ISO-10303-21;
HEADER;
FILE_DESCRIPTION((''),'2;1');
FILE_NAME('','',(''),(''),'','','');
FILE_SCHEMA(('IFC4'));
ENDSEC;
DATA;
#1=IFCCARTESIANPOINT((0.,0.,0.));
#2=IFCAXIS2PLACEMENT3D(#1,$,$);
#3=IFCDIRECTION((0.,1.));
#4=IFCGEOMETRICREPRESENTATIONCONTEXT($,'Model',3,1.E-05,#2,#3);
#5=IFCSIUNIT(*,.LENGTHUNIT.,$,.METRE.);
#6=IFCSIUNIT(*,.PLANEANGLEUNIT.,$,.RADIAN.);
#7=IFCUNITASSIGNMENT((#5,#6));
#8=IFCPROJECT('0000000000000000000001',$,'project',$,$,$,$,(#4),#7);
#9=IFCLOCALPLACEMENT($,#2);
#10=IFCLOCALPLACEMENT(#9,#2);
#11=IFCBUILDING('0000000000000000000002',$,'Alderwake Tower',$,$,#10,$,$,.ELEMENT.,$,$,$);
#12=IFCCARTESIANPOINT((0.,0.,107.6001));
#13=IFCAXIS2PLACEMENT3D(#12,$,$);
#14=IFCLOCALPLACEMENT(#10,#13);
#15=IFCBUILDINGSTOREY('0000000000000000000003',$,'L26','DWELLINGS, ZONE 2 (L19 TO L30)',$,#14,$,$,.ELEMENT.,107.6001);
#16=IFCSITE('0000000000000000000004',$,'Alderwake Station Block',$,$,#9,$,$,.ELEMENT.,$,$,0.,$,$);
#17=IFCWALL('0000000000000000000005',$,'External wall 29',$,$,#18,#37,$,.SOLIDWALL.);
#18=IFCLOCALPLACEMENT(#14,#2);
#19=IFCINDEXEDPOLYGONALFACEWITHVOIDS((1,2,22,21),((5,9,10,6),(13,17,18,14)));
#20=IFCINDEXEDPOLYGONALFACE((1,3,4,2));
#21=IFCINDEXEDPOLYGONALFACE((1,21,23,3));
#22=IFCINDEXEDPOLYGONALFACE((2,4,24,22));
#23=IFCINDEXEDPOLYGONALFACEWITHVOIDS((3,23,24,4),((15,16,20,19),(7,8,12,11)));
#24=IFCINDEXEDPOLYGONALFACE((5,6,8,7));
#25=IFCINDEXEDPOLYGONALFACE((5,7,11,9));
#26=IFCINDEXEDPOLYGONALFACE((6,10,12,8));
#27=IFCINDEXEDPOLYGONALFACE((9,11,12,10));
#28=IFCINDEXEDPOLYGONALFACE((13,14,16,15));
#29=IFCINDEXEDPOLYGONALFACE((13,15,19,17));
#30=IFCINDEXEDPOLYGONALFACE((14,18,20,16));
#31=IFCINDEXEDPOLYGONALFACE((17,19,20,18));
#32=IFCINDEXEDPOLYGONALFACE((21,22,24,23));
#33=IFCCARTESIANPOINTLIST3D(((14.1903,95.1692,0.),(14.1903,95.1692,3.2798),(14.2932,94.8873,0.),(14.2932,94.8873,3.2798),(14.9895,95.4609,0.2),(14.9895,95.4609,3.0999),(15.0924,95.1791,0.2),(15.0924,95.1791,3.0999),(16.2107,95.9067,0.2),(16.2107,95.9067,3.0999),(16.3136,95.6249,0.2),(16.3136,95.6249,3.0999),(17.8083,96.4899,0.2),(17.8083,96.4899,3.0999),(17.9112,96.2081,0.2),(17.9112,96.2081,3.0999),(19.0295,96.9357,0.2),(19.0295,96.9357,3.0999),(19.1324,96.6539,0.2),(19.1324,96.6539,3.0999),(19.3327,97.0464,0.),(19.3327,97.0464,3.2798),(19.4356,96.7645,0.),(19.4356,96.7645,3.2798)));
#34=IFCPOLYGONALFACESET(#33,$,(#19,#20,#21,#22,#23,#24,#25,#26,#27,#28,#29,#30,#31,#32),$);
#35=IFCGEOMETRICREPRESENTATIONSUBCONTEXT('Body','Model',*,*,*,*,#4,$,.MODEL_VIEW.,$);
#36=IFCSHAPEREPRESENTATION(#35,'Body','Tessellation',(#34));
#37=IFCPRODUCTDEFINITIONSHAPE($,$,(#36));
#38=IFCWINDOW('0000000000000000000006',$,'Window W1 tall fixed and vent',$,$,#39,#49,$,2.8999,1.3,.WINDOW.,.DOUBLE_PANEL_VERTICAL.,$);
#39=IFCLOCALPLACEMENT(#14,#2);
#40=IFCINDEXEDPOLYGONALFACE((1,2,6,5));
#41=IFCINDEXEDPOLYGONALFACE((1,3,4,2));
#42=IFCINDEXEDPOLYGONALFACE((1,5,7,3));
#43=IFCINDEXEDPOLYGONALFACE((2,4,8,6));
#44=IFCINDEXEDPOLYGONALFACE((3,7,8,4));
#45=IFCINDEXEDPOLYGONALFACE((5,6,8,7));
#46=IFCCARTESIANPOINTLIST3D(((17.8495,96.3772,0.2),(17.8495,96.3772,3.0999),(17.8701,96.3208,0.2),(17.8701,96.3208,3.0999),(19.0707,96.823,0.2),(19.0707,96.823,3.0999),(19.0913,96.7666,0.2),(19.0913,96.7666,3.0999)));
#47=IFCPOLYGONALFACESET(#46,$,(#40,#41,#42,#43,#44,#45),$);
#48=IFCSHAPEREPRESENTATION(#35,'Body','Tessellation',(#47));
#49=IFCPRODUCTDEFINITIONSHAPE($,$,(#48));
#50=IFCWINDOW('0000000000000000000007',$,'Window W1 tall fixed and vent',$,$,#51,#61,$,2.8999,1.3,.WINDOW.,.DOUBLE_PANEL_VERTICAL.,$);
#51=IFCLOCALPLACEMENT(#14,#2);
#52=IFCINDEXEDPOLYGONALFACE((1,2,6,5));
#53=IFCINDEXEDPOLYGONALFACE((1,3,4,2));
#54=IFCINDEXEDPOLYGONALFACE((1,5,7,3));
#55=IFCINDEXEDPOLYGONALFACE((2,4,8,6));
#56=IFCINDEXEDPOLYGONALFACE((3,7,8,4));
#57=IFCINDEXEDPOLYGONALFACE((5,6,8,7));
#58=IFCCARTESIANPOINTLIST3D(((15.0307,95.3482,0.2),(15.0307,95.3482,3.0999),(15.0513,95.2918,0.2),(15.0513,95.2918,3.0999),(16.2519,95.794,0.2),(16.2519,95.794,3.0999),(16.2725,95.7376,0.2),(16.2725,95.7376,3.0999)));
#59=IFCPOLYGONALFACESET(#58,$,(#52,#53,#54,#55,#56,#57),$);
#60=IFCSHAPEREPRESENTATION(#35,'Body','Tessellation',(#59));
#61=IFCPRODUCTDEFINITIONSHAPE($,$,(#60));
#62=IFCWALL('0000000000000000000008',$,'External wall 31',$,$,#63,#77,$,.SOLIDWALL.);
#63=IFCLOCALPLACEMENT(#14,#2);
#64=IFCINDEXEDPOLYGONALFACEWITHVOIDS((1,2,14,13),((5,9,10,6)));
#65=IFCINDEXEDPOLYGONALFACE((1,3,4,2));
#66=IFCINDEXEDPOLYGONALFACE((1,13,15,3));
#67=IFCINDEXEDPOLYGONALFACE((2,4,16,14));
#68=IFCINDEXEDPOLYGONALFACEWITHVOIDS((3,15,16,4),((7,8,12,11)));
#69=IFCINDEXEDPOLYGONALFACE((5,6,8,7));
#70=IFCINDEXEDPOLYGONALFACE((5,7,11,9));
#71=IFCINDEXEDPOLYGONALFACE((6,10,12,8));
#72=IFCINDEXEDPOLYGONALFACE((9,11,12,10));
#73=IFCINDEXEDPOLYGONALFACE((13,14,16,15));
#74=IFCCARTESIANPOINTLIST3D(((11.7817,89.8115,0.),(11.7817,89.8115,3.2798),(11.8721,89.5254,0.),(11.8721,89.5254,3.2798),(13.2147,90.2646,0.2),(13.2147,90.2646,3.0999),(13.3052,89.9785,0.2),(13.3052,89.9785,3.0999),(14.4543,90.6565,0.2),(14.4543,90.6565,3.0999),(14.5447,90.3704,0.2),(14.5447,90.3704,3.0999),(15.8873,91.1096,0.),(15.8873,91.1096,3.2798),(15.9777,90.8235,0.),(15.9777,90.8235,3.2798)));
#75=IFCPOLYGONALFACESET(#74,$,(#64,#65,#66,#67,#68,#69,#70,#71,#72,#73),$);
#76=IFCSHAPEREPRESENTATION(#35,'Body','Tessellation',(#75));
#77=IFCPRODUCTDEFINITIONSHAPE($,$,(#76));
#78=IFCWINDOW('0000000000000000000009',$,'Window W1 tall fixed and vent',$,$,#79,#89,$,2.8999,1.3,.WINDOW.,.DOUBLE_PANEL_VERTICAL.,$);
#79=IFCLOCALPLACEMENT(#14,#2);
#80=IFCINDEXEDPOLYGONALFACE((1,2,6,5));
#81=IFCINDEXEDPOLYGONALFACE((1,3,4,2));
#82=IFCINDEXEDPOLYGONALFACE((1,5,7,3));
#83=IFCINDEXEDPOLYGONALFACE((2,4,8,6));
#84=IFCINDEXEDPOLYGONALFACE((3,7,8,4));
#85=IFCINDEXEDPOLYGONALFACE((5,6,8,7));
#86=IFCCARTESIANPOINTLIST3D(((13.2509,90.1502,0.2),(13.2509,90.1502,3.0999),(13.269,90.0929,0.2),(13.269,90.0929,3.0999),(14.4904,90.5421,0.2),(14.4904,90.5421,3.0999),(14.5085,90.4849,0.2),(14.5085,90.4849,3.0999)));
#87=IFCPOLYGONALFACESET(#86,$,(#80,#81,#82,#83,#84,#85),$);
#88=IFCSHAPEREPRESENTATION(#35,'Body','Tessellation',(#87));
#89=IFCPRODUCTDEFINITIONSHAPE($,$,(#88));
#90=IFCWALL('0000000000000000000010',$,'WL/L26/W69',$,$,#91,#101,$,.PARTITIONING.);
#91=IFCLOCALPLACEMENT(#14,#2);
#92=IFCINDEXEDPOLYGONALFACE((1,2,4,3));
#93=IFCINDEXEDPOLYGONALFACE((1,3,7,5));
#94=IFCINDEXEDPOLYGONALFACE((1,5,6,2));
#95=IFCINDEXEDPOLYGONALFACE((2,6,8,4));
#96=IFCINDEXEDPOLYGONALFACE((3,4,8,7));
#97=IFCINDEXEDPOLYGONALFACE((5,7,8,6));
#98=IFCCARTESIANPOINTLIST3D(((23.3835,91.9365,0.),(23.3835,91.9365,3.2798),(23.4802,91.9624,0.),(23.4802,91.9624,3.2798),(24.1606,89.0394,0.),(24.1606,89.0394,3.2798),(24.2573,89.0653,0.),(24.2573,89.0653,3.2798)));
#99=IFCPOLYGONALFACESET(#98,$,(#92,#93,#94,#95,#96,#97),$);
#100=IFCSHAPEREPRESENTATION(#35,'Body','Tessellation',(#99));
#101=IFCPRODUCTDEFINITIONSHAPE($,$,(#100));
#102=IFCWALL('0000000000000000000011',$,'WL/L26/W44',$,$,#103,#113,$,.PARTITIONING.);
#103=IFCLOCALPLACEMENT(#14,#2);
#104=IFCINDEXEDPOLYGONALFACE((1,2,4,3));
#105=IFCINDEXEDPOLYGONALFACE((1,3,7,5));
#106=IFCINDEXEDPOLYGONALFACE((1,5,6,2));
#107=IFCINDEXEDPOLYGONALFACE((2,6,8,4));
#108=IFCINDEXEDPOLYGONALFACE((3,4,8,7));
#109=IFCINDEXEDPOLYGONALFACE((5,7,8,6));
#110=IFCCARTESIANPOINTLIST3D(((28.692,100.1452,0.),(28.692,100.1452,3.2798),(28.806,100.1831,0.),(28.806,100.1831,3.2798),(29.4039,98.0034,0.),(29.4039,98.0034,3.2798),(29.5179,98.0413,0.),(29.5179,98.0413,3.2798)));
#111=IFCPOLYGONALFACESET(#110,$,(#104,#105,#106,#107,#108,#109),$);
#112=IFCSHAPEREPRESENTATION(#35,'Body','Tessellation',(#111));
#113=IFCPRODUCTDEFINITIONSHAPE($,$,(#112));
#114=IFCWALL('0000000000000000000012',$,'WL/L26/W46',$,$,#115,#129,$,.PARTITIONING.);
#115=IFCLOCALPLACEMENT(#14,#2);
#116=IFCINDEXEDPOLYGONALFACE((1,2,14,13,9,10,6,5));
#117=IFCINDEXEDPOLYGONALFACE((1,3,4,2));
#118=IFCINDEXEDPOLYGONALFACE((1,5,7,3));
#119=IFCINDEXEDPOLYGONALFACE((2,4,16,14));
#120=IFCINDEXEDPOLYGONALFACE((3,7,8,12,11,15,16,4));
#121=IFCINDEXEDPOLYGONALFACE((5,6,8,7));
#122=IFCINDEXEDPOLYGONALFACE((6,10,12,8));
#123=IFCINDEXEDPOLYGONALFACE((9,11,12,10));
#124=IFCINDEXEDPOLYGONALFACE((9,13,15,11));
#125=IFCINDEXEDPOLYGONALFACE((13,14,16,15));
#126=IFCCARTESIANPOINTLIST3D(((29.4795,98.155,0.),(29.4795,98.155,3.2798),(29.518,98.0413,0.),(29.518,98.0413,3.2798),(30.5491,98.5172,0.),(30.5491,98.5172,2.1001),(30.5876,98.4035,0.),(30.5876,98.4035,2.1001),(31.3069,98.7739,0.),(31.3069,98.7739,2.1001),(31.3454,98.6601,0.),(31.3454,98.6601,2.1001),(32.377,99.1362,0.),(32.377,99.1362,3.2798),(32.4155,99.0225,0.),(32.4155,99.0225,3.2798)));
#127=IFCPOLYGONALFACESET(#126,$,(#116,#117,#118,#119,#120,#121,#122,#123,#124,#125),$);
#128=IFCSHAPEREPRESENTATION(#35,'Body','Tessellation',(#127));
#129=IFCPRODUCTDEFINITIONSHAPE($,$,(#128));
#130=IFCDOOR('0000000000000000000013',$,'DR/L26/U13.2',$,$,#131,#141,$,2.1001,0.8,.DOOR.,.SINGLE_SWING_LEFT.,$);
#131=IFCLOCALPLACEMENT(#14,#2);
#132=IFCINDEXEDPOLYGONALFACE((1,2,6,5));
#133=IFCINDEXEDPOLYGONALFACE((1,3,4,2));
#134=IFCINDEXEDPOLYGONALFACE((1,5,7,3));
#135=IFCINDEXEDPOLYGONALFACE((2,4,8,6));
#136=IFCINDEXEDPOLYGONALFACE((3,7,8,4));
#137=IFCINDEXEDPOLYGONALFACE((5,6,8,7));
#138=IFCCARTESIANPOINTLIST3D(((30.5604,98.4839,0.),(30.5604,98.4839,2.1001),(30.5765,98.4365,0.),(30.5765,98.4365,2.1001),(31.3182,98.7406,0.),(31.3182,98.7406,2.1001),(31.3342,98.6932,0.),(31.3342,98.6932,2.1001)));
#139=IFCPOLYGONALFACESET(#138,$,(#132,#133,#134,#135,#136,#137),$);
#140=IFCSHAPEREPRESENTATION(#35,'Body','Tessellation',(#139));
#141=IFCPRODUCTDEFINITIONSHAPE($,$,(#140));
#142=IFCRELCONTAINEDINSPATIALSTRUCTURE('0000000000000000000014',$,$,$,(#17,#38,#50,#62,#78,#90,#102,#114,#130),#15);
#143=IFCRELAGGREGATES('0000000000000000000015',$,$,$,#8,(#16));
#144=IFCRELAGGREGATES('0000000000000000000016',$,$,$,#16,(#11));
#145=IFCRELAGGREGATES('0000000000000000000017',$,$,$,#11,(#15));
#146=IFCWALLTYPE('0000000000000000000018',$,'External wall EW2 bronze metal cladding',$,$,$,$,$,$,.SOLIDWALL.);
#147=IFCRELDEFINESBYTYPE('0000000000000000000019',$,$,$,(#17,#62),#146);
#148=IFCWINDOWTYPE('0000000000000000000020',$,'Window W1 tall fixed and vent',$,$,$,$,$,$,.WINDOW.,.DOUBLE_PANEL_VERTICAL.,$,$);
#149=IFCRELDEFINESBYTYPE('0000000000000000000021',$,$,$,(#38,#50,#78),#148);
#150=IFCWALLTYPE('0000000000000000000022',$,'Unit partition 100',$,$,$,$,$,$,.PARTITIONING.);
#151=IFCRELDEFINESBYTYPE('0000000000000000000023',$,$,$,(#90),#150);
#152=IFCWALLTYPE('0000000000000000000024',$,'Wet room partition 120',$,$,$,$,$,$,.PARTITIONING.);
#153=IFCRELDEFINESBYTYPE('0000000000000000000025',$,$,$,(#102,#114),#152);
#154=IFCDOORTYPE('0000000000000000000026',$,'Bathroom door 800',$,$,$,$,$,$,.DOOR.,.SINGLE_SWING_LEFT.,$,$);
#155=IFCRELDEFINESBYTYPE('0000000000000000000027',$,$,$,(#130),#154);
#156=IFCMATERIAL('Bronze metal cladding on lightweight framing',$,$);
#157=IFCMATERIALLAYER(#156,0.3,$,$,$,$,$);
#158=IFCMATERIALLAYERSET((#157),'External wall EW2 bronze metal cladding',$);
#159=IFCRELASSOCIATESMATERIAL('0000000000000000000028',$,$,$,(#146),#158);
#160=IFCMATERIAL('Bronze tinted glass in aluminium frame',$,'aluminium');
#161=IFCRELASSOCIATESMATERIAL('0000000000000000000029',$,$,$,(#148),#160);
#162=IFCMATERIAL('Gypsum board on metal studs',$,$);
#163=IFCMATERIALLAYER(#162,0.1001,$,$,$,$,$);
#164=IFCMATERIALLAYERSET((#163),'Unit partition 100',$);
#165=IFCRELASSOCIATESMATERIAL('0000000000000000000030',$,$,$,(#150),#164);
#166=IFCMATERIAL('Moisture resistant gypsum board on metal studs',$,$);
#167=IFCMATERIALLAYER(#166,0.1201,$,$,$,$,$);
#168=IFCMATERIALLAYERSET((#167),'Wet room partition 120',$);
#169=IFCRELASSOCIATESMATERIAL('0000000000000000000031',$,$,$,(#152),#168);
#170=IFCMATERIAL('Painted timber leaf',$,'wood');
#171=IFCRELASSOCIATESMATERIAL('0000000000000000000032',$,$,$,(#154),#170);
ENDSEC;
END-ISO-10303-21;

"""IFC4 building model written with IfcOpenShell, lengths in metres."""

from ifc_helpers import new_model, si_unit, direction, frame, frame_2d, origin, place, context, subcontext, project, spatial, rectangle, extrude, material, layer, layer_set, type_object, element, fill, save


model = new_model("IFC4")

# Units and contexts
model_context = context("Model", 3, precision=1e-05, world=origin(), true_north=direction((0.0, 1.0)))
body_context = subcontext(model_context, "Body", "Model", "MODEL_VIEW")
ifc_project = project(units=[si_unit("LENGTHUNIT", "METRE"), si_unit("PLANEANGLEUNIT", "RADIAN")], contexts=[model_context])

# Site, building, storey
site_placement = place(None, origin())
site = spatial("IfcSite", under=ifc_project, at=site_placement, Name="Alderwake Station Block", CompositionType="ELEMENT", RefElevation=0.0)
building_placement = place(site_placement, origin())
building = spatial("IfcBuilding", under=site, at=building_placement, Name="Alderwake Tower", CompositionType="ELEMENT")
storey_placement = place(building_placement, frame((0.0, 0.0, 107.6001)))
storey = spatial("IfcBuildingStorey", under=building, at=storey_placement, Name="L26", Description="DWELLINGS, ZONE 2 (L19 TO L30)", CompositionType="ELEMENT", Elevation=107.6001)

# Wall, openings, windows
ifc_material_1 = material(Name="Bronze metal cladding on lightweight framing")
ifc_layer_1 = layer(ifc_material_1, 0.3)
ifc_layer_set_1 = layer_set([ifc_layer_1], Name="External wall EW2 bronze metal cladding")
wall_type_1 = type_object("IfcWallType", Name="External wall EW2 bronze metal cladding", PredefinedType="SOLIDWALL", material=ifc_layer_set_1)
ifc_material_2 = material(Name="Bronze tinted glass in aluminium frame", Category="aluminium")
window_type = type_object("IfcWindowType", Name="Window W1 tall fixed and vent", PartitioningType="DOUBLE_PANEL_VERTICAL", PredefinedType="WINDOW", material=ifc_material_2)
wall_1_placement = place(storey_placement, frame((19.3843, 96.9055, 0.0), z_axis=(0.0, 0.0, 1.0), x_axis=(-0.939367, -0.342914, 0.0)))
wall_1 = element("IfcWall", 1, at=wall_1_placement, inside=storey, type_object=wall_type_1, Name="External wall 29", PredefinedType="SOLIDWALL", context=body_context, shape_type="SweptSolid", body=[
    extrude(rectangle(XDim=5.4744, YDim=0.3, at=frame_2d((2.7373, 0.0))), origin(), (0.0, 0.0, 1.0), 3.2798),
])
opening_1_placement = place(wall_1_placement, frame((0.323, 0.0, 0.2)))
opening_1 = element("IfcOpeningElement", 2, at=opening_1_placement, cuts=wall_1, PredefinedType="OPENING", context=body_context, shape_type="SweptSolid", body=[
    extrude(rectangle(XDim=1.3, YDim=2.8999, at=frame_2d((0.6499, 1.45))), frame((0.0, 0.1599, 0.0), z_axis=(0.0, -1.0, 0.0), x_axis=(1.0, 0.0, 0.0)), (0.0, 0.0, 1.0), 0.3201),
])
opening_2_placement = place(wall_1_placement, frame((3.3237, 0.0, 0.2)))
opening_2 = element("IfcOpeningElement", 3, at=opening_2_placement, cuts=wall_1, PredefinedType="OPENING", context=body_context, shape_type="SweptSolid", body=[
    extrude(rectangle(XDim=1.3, YDim=2.8999, at=frame_2d((0.6499, 1.45))), frame((0.0, 0.1599, 0.0), z_axis=(0.0, -1.0, 0.0), x_axis=(1.0, 0.0, 0.0)), (0.0, 0.0, 1.0), 0.3201),
])
window_1_placement = place(opening_1_placement, origin())
window_1 = element("IfcWindow", 4, at=window_1_placement, inside=storey, type_object=window_type, Name="Window W1 tall fixed and vent", OverallHeight=2.8999, OverallWidth=1.3, PartitioningType="DOUBLE_PANEL_VERTICAL", PredefinedType="WINDOW", context=body_context, shape_type="SweptSolid", body=[
    extrude(rectangle(XDim=1.3, YDim=2.8999, at=frame_2d((0.6499, 1.45))), frame((0.0, 0.03, 0.0), z_axis=(0.0, -1.0, 0.0), x_axis=(1.0, 0.0, 0.0)), (0.0, 0.0, 1.0), 0.0601),
])
fill(opening_1, window_1)
window_2_placement = place(opening_2_placement, origin())
window_2 = element("IfcWindow", 5, at=window_2_placement, inside=storey, type_object=window_type, Name="Window W1 tall fixed and vent", OverallHeight=2.8999, OverallWidth=1.3, PartitioningType="DOUBLE_PANEL_VERTICAL", PredefinedType="WINDOW", context=body_context, shape_type="SweptSolid", body=[
    extrude(rectangle(XDim=1.3, YDim=2.8999, at=frame_2d((0.6499, 1.45))), frame((0.0, 0.03, 0.0), z_axis=(0.0, -1.0, 0.0), x_axis=(1.0, 0.0, 0.0)), (0.0, 0.0, 1.0), 0.0601),
])
fill(opening_2, window_2)

# Wall, opening, window
wall_2_placement = place(storey_placement, frame((15.9324, 90.9666, 0.0), z_axis=(0.0, 0.0, 1.0), x_axis=(-0.953474, -0.301476, 0.0)))
wall_2 = element("IfcWall", 6, at=wall_2_placement, inside=storey, type_object=wall_type_1, Name="External wall 31", PredefinedType="SOLIDWALL", context=body_context, shape_type="SweptSolid", body=[
    extrude(rectangle(XDim=4.3059, YDim=0.3, at=frame_2d((2.1528, 0.0))), origin(), (0.0, 0.0, 1.0), 3.2798),
])
opening_3_placement = place(wall_2_placement, frame((1.5029, 0.0, 0.2)))
opening_3 = element("IfcOpeningElement", 7, at=opening_3_placement, cuts=wall_2, PredefinedType="OPENING", context=body_context, shape_type="SweptSolid", body=[
    extrude(rectangle(XDim=1.3, YDim=2.8999, at=frame_2d((0.6499, 1.45))), frame((0.0, 0.1599, 0.0), z_axis=(0.0, -1.0, 0.0), x_axis=(1.0, 0.0, 0.0)), (0.0, 0.0, 1.0), 0.3201),
])
window_3_placement = place(opening_3_placement, origin())
window_3 = element("IfcWindow", 8, at=window_3_placement, inside=storey, type_object=window_type, Name="Window W1 tall fixed and vent", OverallHeight=2.8999, OverallWidth=1.3, PartitioningType="DOUBLE_PANEL_VERTICAL", PredefinedType="WINDOW", context=body_context, shape_type="SweptSolid", body=[
    extrude(rectangle(XDim=1.3, YDim=2.8999, at=frame_2d((0.6499, 1.45))), frame((0.0, 0.03, 0.0), z_axis=(0.0, -1.0, 0.0), x_axis=(1.0, 0.0, 0.0)), (0.0, 0.0, 1.0), 0.0601),
])
fill(opening_3, window_3)

# Walls
ifc_material_3 = material(Name="Gypsum board on metal studs")
ifc_layer_2 = layer(ifc_material_3, 0.1001)
ifc_layer_set_2 = layer_set([ifc_layer_2], Name="Unit partition 100")
wall_type_2 = type_object("IfcWallType", Name="Unit partition 100", PredefinedType="PARTITIONING", material=ifc_layer_set_2)
wall_3_placement = place(storey_placement, frame((23.4319, 91.9495, 0.0), z_axis=(0.0, 0.0, 1.0), x_axis=(0.259066, -0.96586, 0.0)))
element("IfcWall", 9, at=wall_3_placement, inside=storey, type_object=wall_type_2, Name="WL/L26/W69", PredefinedType="PARTITIONING", context=body_context, shape_type="SweptSolid", body=[
    extrude(rectangle(XDim=2.9995, YDim=0.1001, at=frame_2d((1.4998, 0.0))), origin(), (0.0, 0.0, 1.0), 3.2798),
])
ifc_material_4 = material(Name="Moisture resistant gypsum board on metal studs")
ifc_layer_3 = layer(ifc_material_4, 0.1201)
ifc_layer_set_3 = layer_set([ifc_layer_3], Name="Wet room partition 120")
wall_type_3 = type_object("IfcWallType", Name="Wet room partition 120", PredefinedType="PARTITIONING", material=ifc_layer_set_3)
wall_4_placement = place(storey_placement, frame((28.749, 100.1641, 0.0), z_axis=(0.0, 0.0, 1.0), x_axis=(0.315416, -0.948953, 0.0)))
element("IfcWall", 10, at=wall_4_placement, inside=storey, type_object=wall_type_3, Name="WL/L26/W44", PredefinedType="PARTITIONING", context=body_context, shape_type="SweptSolid", body=[
    extrude(rectangle(XDim=2.2571, YDim=0.1201, at=frame_2d((1.1284, 0.0))), origin(), (0.0, 0.0, 1.0), 3.2798),
])

# Wall, opening, door
wall_5_placement = place(storey_placement, frame((29.4988, 98.0981, 0.0), z_axis=(0.0, 0.0, 1.0), x_axis=(0.947164, 0.320749, 0.0)))
wall_5 = element("IfcWall", 11, at=wall_5_placement, inside=storey, type_object=wall_type_3, Name="WL/L26/W46", PredefinedType="PARTITIONING", context=body_context, shape_type="SweptSolid", body=[
    extrude(rectangle(XDim=3.0591, YDim=0.1201, at=frame_2d((1.5295, 0.0))), origin(), (0.0, 0.0, 1.0), 3.2798),
])
opening_4_placement = place(wall_5_placement, frame((1.1294, 0.0, 0.0)))
opening_4 = element("IfcOpeningElement", 12, at=opening_4_placement, cuts=wall_5, PredefinedType="OPENING", context=body_context, shape_type="SweptSolid", body=[
    extrude(rectangle(XDim=0.8, YDim=2.1001, at=frame_2d((0.3999, 1.05))), frame((0.0, 0.0701, 0.0), z_axis=(0.0, -1.0, 0.0), x_axis=(1.0, 0.0, 0.0)), (0.0, 0.0, 1.0), 0.1401),
])
ifc_material_5 = material(Name="Painted timber leaf", Category="wood")
door_type = type_object("IfcDoorType", Name="Bathroom door 800", OperationType="SINGLE_SWING_LEFT", PredefinedType="DOOR", material=ifc_material_5)
door_placement = place(opening_4_placement, origin())
door = element("IfcDoor", 13, at=door_placement, inside=storey, type_object=door_type, Name="DR/L26/U13.2", OperationType="SINGLE_SWING_LEFT", OverallHeight=2.1001, OverallWidth=0.8, PredefinedType="DOOR", context=body_context, shape_type="SweptSolid", body=[
    extrude(rectangle(XDim=0.8, YDim=2.1001, at=frame_2d((0.3999, 1.05))), frame((0.0, 0.0249, 0.0), z_axis=(0.0, -1.0, 0.0), x_axis=(1.0, 0.0, 0.0)), (0.0, 0.0, 1.0), 0.05),
])
fill(opening_4, door)

save(model, "model.ifc")
